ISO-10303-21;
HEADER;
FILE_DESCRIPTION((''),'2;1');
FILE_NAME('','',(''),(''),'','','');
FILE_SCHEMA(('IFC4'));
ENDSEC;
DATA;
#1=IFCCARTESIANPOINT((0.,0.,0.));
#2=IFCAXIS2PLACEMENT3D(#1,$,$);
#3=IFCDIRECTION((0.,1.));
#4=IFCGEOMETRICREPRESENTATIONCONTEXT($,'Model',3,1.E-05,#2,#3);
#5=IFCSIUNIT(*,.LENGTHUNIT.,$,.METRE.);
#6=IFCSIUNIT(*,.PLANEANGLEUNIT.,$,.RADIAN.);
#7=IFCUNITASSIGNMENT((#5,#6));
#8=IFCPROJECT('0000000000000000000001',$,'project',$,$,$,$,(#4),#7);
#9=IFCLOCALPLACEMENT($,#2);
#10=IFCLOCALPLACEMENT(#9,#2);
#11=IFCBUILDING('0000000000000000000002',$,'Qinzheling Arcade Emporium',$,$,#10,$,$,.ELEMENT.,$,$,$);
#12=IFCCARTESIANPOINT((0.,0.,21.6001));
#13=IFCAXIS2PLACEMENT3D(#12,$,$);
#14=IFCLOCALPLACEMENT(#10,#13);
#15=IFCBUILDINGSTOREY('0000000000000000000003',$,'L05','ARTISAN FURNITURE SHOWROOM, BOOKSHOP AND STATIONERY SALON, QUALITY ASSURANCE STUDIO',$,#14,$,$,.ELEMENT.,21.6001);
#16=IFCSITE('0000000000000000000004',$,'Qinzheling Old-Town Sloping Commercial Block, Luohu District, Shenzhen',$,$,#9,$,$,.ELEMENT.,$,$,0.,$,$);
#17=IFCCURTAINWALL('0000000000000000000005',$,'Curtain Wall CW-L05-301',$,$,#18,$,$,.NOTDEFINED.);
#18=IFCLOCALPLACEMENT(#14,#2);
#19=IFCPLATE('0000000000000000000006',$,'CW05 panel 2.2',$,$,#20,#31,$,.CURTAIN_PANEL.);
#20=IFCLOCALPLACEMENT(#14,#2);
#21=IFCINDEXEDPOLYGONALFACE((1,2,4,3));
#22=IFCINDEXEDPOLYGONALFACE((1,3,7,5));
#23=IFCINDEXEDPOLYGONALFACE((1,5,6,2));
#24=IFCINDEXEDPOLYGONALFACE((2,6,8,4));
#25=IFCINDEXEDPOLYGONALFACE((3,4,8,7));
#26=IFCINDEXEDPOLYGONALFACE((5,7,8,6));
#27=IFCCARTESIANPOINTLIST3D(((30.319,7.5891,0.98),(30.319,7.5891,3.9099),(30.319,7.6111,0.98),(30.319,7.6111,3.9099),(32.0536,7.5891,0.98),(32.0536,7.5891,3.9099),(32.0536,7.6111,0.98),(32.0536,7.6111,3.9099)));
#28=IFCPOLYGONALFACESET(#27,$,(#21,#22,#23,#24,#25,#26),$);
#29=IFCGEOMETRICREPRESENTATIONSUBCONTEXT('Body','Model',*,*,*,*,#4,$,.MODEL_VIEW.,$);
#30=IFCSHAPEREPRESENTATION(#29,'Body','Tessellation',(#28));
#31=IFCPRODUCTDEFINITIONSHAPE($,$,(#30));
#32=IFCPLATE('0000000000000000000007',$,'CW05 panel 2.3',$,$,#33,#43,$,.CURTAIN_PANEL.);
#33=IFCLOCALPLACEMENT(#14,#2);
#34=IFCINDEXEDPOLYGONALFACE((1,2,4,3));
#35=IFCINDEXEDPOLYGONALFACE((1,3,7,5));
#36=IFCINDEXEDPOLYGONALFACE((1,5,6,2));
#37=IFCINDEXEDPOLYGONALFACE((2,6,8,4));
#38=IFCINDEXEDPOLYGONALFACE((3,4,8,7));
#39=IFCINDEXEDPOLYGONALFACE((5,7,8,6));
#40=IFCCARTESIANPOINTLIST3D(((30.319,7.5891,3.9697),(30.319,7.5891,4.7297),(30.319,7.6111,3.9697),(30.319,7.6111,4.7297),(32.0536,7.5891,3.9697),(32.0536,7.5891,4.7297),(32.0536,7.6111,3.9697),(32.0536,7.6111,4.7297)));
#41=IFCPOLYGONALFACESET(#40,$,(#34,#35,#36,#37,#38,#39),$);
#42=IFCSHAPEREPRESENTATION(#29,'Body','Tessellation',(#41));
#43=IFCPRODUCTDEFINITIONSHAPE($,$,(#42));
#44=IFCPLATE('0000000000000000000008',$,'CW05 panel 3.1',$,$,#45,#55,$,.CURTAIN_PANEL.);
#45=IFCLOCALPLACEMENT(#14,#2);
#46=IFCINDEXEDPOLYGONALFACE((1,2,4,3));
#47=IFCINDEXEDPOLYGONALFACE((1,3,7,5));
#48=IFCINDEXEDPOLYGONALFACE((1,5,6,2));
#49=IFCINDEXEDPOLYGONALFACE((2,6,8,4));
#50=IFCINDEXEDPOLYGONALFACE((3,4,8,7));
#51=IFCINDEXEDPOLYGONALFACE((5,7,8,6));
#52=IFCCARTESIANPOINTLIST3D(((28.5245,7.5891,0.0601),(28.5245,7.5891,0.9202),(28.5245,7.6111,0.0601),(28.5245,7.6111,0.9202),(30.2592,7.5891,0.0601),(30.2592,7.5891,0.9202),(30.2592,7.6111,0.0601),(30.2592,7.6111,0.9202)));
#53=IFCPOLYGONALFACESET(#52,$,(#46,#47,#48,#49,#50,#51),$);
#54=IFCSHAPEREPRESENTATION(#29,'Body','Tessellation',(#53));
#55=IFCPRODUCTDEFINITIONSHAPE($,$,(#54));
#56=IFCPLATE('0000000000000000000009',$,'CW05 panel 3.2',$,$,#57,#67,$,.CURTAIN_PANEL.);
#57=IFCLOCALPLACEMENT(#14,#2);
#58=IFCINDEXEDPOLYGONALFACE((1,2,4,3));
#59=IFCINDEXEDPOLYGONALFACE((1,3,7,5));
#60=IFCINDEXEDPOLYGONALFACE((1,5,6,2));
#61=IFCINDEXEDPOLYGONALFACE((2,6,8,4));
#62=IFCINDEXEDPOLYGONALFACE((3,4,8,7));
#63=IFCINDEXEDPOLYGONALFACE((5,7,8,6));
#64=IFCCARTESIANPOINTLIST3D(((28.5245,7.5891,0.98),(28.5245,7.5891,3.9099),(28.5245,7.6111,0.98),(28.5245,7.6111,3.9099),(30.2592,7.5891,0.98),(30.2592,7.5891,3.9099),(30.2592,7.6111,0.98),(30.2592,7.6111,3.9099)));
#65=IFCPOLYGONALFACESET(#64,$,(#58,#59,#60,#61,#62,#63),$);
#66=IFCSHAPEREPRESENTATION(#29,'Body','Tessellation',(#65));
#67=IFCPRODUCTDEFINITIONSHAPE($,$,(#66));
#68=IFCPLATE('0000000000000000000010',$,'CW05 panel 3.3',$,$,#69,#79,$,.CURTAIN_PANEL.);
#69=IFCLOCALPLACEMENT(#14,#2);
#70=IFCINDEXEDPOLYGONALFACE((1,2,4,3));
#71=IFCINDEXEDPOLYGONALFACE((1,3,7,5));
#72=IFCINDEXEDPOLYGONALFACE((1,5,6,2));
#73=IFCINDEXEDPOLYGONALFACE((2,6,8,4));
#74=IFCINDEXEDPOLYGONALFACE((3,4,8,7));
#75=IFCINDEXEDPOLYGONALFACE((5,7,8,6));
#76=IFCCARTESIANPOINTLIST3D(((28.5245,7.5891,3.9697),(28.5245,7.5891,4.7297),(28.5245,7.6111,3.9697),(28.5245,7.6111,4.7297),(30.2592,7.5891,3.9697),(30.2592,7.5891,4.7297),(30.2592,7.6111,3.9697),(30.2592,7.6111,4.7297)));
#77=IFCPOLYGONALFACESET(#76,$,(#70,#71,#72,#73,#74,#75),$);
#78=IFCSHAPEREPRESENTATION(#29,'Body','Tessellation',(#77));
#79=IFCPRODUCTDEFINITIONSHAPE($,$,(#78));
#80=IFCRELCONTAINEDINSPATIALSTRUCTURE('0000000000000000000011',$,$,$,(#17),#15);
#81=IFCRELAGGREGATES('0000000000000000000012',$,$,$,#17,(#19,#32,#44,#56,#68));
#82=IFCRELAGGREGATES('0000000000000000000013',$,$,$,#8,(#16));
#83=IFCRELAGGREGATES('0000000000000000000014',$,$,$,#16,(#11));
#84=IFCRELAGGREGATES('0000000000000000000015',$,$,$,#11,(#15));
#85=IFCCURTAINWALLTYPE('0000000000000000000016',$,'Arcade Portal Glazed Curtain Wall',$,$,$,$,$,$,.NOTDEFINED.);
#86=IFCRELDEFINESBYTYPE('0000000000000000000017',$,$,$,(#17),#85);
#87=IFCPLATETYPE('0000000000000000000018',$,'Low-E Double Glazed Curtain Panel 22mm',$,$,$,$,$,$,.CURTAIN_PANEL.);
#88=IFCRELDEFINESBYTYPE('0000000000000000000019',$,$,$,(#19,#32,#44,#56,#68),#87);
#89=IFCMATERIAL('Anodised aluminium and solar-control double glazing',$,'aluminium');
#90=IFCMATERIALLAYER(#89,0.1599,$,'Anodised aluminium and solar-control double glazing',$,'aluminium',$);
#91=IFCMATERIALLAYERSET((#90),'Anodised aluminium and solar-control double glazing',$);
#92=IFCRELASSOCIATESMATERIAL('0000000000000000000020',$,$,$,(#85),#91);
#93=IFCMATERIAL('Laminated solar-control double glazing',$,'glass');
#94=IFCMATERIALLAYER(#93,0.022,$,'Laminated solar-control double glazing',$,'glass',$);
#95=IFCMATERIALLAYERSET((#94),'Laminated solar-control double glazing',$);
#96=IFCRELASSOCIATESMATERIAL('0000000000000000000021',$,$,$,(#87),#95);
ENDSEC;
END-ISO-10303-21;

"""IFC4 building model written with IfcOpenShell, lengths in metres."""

from ifc_helpers import new_model, si_unit, direction, frame, origin, origin_2d, place, context, subcontext, project, spatial, rectangle, extrude, material, layer, layer_set, type_object, element, aggregate, save


model = new_model("IFC4")

# Units and contexts
model_context = context("Model", 3, precision=1e-05, world=origin(), true_north=direction((0.0, 1.0)))
body_context = subcontext(model_context, "Body", "Model", "MODEL_VIEW")
ifc_project = project(units=[si_unit("LENGTHUNIT", "METRE"), si_unit("PLANEANGLEUNIT", "RADIAN")], contexts=[model_context])

# Site, building, storey
site_placement = place(None, origin())
site = spatial("IfcSite", under=ifc_project, at=site_placement, Name="Qinzheling Old-Town Sloping Commercial Block, Luohu District, Shenzhen", CompositionType="ELEMENT", RefElevation=0.0)
building_placement = place(site_placement, origin())
building = spatial("IfcBuilding", under=site, at=building_placement, Name="Qinzheling Arcade Emporium", CompositionType="ELEMENT")
storey_placement = place(building_placement, frame((0.0, 0.0, 21.6001)))
storey = spatial("IfcBuildingStorey", under=building, at=storey_placement, Name="L05", Description="ARTISAN FURNITURE SHOWROOM, BOOKSHOP AND STATIONERY SALON, QUALITY ASSURANCE STUDIO", CompositionType="ELEMENT", Elevation=21.6001)

# Shared definitions
ifc_material_1 = material(Name="Anodised aluminium and solar-control double glazing", Category="aluminium")
ifc_layer_1 = layer(ifc_material_1, 0.1599, Name="Anodised aluminium and solar-control double glazing", Category="aluminium")
ifc_layer_set_1 = layer_set([ifc_layer_1], Name="Anodised aluminium and solar-control double glazing")
curtain_wall_type = type_object("IfcCurtainWallType", Name="Arcade Portal Glazed Curtain Wall", PredefinedType="NOTDEFINED", material=ifc_layer_set_1)

# Curtain wall
curtain_wall_1_placement = place(storey_placement, origin())
curtain_wall_1 = element("IfcCurtainWall", 1, at=curtain_wall_1_placement, inside=storey, type_object=curtain_wall_type, Name="Curtain Wall CW-L05-301", PredefinedType="NOTDEFINED")

# Plates
ifc_material_2 = material(Name="Laminated solar-control double glazing", Category="glass")
ifc_layer_2 = layer(ifc_material_2, 0.022, Name="Laminated solar-control double glazing", Category="glass")
ifc_layer_set_2 = layer_set([ifc_layer_2], Name="Laminated solar-control double glazing")
plate_type_1 = type_object("IfcPlateType", Name="Low-E Double Glazed Curtain Panel 22mm", PredefinedType="CURTAIN_PANEL", material=ifc_layer_set_2)
plate_1_placement = place(storey_placement, frame((31.1863, 7.6001, 0.98), z_axis=(0.0, 0.0, 1.0), x_axis=(-1.0, 0.0, 0.0)))
plate_1 = element("IfcPlate", 2, at=plate_1_placement, type_object=plate_type_1, Name="CW05 panel 2.2", PredefinedType="CURTAIN_PANEL", context=body_context, shape_type="SweptSolid", body=[
    extrude(rectangle(XDim=1.7346, YDim=0.022, at=origin_2d()), origin(), (0.0, 0.0, 1.0), 2.9299),
])
plate_2_placement = place(storey_placement, frame((31.1863, 7.6001, 3.9697), z_axis=(0.0, 0.0, 1.0), x_axis=(-1.0, 0.0, 0.0)))
plate_2 = element("IfcPlate", 3, at=plate_2_placement, type_object=plate_type_1, Name="CW05 panel 2.3", PredefinedType="CURTAIN_PANEL", context=body_context, shape_type="SweptSolid", body=[
    extrude(rectangle(XDim=1.7346, YDim=0.022, at=origin_2d()), origin(), (0.0, 0.0, 1.0), 0.76),
])
plate_3_placement = place(storey_placement, frame((29.3918, 7.6001, 0.0601), z_axis=(0.0, 0.0, 1.0), x_axis=(-1.0, 0.0, 0.0)))
plate_3 = element("IfcPlate", 4, at=plate_3_placement, type_object=plate_type_1, Name="CW05 panel 3.1", PredefinedType="CURTAIN_PANEL", context=body_context, shape_type="SweptSolid", body=[
    extrude(rectangle(XDim=1.7346, YDim=0.022, at=origin_2d()), origin(), (0.0, 0.0, 1.0), 0.8601),
])
plate_4_placement = place(storey_placement, frame((29.3918, 7.6001, 0.98), z_axis=(0.0, 0.0, 1.0), x_axis=(-1.0, 0.0, 0.0)))
plate_4 = element("IfcPlate", 5, at=plate_4_placement, type_object=plate_type_1, Name="CW05 panel 3.2", PredefinedType="CURTAIN_PANEL", context=body_context, shape_type="SweptSolid", body=[
    extrude(rectangle(XDim=1.7346, YDim=0.022, at=origin_2d()), origin(), (0.0, 0.0, 1.0), 2.9299),
])
plate_5_placement = place(storey_placement, frame((29.3918, 7.6001, 3.9697), z_axis=(0.0, 0.0, 1.0), x_axis=(-1.0, 0.0, 0.0)))
plate_5 = element("IfcPlate", 6, at=plate_5_placement, type_object=plate_type_1, Name="CW05 panel 3.3", PredefinedType="CURTAIN_PANEL", context=body_context, shape_type="SweptSolid", body=[
    extrude(rectangle(XDim=1.7346, YDim=0.022, at=origin_2d()), origin(), (0.0, 0.0, 1.0), 0.76),
])
aggregate(curtain_wall_1, [plate_1, plate_2, plate_3, plate_4, plate_5])

save(model, "model.ifc")
